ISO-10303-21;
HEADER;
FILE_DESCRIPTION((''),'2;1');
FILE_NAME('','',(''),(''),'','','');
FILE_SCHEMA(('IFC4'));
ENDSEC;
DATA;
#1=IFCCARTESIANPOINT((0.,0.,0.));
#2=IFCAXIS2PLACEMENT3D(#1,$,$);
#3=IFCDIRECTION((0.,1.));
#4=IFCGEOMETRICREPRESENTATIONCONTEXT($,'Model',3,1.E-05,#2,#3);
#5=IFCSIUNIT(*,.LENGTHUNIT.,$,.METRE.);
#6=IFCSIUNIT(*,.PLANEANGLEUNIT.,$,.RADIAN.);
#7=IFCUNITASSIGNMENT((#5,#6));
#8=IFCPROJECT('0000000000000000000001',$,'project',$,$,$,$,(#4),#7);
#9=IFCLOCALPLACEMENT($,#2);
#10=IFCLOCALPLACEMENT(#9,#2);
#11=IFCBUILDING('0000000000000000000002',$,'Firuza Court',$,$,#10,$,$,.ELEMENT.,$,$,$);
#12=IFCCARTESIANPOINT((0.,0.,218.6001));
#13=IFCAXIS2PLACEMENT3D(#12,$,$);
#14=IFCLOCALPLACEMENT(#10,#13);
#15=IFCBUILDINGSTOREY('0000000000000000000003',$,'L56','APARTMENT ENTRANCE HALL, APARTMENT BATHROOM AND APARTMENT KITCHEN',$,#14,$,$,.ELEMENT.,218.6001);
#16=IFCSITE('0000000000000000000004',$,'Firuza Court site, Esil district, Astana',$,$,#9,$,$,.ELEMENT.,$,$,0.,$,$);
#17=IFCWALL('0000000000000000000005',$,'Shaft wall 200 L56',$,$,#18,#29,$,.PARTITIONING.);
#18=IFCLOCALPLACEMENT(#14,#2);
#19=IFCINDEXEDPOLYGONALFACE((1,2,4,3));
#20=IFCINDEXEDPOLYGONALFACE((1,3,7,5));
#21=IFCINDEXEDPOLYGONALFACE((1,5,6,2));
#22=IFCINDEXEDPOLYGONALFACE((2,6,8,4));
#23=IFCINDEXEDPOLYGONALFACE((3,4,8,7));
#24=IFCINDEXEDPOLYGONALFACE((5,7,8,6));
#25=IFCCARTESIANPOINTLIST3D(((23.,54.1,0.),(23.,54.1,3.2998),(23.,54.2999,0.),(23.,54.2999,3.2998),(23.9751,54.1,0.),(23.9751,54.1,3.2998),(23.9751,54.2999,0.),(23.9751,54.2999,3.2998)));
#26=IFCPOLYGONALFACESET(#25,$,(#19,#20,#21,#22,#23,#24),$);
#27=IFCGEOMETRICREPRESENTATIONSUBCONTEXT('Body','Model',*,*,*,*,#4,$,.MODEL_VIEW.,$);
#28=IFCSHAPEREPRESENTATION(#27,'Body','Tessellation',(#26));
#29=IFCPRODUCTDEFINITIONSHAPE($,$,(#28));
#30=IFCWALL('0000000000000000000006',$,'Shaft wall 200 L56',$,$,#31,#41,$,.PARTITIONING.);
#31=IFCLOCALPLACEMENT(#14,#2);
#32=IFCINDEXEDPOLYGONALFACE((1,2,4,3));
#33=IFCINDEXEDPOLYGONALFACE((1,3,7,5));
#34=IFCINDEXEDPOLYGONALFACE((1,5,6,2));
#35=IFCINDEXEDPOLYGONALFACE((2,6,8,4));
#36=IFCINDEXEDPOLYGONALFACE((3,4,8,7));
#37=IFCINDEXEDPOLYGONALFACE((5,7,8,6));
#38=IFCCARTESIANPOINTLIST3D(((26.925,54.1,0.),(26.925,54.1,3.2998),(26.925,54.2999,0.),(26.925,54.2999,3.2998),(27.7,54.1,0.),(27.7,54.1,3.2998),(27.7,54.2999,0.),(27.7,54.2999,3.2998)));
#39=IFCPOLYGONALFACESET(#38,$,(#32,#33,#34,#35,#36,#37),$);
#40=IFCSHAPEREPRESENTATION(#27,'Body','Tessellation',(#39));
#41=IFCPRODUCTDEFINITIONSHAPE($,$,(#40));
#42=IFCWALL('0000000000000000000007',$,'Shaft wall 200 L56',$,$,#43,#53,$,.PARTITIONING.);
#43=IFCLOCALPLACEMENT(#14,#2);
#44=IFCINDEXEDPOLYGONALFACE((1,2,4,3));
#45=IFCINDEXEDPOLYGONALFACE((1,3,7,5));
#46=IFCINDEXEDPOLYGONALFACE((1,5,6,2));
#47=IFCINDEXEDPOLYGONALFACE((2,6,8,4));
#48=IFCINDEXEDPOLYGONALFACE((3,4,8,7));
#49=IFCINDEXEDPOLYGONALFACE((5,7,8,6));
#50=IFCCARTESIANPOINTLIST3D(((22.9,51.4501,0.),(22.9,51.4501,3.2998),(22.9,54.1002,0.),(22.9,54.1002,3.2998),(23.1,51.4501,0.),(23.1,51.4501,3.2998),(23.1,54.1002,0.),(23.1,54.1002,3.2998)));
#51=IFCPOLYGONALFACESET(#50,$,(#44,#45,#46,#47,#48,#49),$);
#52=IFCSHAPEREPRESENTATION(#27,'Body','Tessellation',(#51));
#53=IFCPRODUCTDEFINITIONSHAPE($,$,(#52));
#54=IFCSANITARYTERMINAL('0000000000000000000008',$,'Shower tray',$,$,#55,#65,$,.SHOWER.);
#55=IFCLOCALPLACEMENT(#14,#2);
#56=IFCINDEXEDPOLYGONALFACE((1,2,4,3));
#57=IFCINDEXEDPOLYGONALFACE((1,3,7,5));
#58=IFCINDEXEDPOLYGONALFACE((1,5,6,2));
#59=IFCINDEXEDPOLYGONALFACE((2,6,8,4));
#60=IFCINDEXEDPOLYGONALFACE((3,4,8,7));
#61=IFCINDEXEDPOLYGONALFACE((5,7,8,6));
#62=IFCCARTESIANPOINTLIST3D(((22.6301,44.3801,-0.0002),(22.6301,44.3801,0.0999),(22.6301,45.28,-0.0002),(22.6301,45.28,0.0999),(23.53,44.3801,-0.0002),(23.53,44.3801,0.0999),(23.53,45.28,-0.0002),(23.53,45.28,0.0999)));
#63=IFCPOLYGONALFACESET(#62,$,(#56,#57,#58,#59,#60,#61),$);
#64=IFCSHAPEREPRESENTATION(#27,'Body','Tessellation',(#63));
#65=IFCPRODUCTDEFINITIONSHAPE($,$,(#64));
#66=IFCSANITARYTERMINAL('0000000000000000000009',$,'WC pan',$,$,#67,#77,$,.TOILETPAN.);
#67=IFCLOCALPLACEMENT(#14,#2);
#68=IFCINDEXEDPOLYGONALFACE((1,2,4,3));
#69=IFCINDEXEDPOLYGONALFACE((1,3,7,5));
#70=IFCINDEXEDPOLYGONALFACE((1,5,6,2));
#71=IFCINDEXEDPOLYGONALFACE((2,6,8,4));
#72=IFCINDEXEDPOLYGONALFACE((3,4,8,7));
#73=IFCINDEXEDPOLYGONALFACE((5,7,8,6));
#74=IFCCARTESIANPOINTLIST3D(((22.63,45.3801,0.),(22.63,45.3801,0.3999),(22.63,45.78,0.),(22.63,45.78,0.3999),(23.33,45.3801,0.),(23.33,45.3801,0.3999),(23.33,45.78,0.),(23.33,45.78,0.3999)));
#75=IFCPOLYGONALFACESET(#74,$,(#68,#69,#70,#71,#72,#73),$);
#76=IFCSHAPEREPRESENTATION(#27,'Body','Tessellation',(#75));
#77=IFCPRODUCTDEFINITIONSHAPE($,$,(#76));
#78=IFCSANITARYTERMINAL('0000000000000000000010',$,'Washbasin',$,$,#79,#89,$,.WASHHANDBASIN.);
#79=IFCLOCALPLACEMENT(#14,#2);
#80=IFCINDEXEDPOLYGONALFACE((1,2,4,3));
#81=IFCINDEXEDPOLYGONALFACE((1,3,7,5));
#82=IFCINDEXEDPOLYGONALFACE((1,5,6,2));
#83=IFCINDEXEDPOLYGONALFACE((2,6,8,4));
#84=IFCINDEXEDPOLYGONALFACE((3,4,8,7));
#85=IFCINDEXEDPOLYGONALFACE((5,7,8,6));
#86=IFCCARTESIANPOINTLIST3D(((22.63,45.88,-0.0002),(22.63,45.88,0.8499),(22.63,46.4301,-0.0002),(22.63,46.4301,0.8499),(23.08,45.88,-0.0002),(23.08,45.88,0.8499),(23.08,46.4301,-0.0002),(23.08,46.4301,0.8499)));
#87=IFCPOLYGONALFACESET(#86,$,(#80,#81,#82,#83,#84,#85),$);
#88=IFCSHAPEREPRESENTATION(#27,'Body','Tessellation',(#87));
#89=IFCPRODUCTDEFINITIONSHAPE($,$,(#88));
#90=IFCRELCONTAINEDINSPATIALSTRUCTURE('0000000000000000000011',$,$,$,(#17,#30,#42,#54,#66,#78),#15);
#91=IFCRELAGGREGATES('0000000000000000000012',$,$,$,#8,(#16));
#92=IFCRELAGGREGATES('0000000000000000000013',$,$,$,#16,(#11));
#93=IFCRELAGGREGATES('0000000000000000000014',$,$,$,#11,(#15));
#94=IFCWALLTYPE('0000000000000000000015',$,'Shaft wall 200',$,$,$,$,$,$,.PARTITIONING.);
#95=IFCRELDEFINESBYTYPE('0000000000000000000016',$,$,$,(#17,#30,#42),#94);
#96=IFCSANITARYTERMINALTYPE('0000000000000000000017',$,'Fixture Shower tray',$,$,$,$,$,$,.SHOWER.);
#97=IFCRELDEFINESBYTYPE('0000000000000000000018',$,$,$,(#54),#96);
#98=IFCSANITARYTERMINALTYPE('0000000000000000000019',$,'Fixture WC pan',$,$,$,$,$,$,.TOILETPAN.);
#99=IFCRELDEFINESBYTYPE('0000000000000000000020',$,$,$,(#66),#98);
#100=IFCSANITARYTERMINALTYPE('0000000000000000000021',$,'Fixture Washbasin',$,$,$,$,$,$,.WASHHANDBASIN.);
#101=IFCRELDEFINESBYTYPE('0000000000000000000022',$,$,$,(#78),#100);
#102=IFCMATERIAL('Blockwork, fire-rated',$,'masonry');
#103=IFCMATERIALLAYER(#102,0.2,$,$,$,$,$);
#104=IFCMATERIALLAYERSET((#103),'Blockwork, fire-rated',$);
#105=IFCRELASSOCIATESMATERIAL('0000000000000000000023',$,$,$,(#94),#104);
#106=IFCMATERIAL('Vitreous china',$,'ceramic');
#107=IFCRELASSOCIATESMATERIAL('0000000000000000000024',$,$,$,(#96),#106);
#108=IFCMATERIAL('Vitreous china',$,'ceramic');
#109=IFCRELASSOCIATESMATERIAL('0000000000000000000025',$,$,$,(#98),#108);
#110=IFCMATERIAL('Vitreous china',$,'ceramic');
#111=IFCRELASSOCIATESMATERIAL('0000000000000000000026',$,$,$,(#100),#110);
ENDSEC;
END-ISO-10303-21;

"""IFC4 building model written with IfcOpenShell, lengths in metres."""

from ifc_helpers import new_model, si_unit, direction, frame, frame_2d, origin, origin_2d, place, context, subcontext, project, spatial, rectangle, extrude, material, layer, layer_set, type_object, element, save


model = new_model("IFC4")

# Units and contexts
model_context = context("Model", 3, precision=1e-05, world=origin(), true_north=direction((0.0, 1.0)))
body_context = subcontext(model_context, "Body", "Model", "MODEL_VIEW")
ifc_project = project(units=[si_unit("LENGTHUNIT", "METRE"), si_unit("PLANEANGLEUNIT", "RADIAN")], contexts=[model_context])

# Site, building, storey
site_placement = place(None, origin())
site = spatial("IfcSite", under=ifc_project, at=site_placement, Name="Firuza Court site, Esil district, Astana", CompositionType="ELEMENT", RefElevation=0.0)
building_placement = place(site_placement, origin())
building = spatial("IfcBuilding", under=site, at=building_placement, Name="Firuza Court", CompositionType="ELEMENT")
storey_placement = place(building_placement, frame((0.0, 0.0, 218.6001)))
storey = spatial("IfcBuildingStorey", under=building, at=storey_placement, Name="L56", Description="APARTMENT ENTRANCE HALL, APARTMENT BATHROOM AND APARTMENT KITCHEN", CompositionType="ELEMENT", Elevation=218.6001)

# Shared definitions
ifc_material_1 = material(Name="Blockwork, fire-rated", Category="masonry")

# Shared definitions
ifc_layer_1 = layer(ifc_material_1, 0.2)
ifc_layer_set_1 = layer_set([ifc_layer_1], Name="Blockwork, fire-rated")
wall_type_1 = type_object("IfcWallType", Name="Shaft wall 200", PredefinedType="PARTITIONING", material=ifc_layer_set_1)

# Walls
wall_1_placement = place(storey_placement, frame((23.0, 54.2, 0.0), z_axis=(0.0, 0.0, 1.0), x_axis=(1.0, 0.0, 0.0)))
element("IfcWall", 1, at=wall_1_placement, inside=storey, type_object=wall_type_1, Name="Shaft wall 200 L56", PredefinedType="PARTITIONING", context=body_context, shape_type="SweptSolid", body=[
    extrude(rectangle(XDim=0.9751, YDim=0.2, at=frame_2d((0.4875, 0.0))), origin(), (0.0, 0.0, 1.0), 3.2998),
])
wall_2_placement = place(storey_placement, frame((26.925, 54.2, 0.0), z_axis=(0.0, 0.0, 1.0), x_axis=(1.0, 0.0, 0.0)))
element("IfcWall", 2, at=wall_2_placement, inside=storey, type_object=wall_type_1, Name="Shaft wall 200 L56", PredefinedType="PARTITIONING", context=body_context, shape_type="SweptSolid", body=[
    extrude(rectangle(XDim=0.7749, YDim=0.2, at=frame_2d((0.3875, 0.0))), origin(), (0.0, 0.0, 1.0), 3.2998),
])
wall_3_placement = place(storey_placement, frame((23.0, 51.45, 0.0), z_axis=(0.0, 0.0, 1.0), x_axis=(0.0, 1.0, 0.0)))
element("IfcWall", 3, at=wall_3_placement, inside=storey, type_object=wall_type_1, Name="Shaft wall 200 L56", PredefinedType="PARTITIONING", context=body_context, shape_type="SweptSolid", body=[
    extrude(rectangle(XDim=2.6501, YDim=0.2, at=frame_2d((1.3252, 0.0))), origin(), (0.0, 0.0, 1.0), 3.2998),
])

# Sanitary terminals
ifc_material_2 = material(Name="Vitreous china", Category="ceramic")
sanitary_terminal_type_1 = type_object("IfcSanitaryTerminalType", Name="Fixture Shower tray", PredefinedType="SHOWER", material=ifc_material_2)
sanitary_terminal_1_placement = place(storey_placement, frame((23.0801, 44.8301, -0.0002), z_axis=(0.0, 0.0, 1.0), x_axis=(1.0, 0.0, 0.0)))
element("IfcSanitaryTerminal", 4, at=sanitary_terminal_1_placement, inside=storey, type_object=sanitary_terminal_type_1, Name="Shower tray", PredefinedType="SHOWER", context=body_context, shape_type="SweptSolid", body=[
    extrude(rectangle(XDim=0.8999, YDim=0.8999, at=origin_2d()), origin(), (0.0, 0.0, 1.0), 0.1001),
])
ifc_material_3 = material(Name="Vitreous china", Category="ceramic")
sanitary_terminal_type_2 = type_object("IfcSanitaryTerminalType", Name="Fixture WC pan", PredefinedType="TOILETPAN", material=ifc_material_3)
sanitary_terminal_2_placement = place(storey_placement, frame((22.98, 45.5801, 0.0), z_axis=(0.0, 0.0, 1.0), x_axis=(1.0, 0.0, 0.0)))
element("IfcSanitaryTerminal", 5, at=sanitary_terminal_2_placement, inside=storey, type_object=sanitary_terminal_type_2, Name="WC pan", PredefinedType="TOILETPAN", context=body_context, shape_type="SweptSolid", body=[
    extrude(rectangle(XDim=0.7, YDim=0.3999, at=origin_2d()), origin(), (0.0, 0.0, 1.0), 0.3999),
])
ifc_material_4 = material(Name="Vitreous china", Category="ceramic")
sanitary_terminal_type_3 = type_object("IfcSanitaryTerminalType", Name="Fixture Washbasin", PredefinedType="WASHHANDBASIN", material=ifc_material_4)
sanitary_terminal_3_placement = place(storey_placement, frame((22.855, 46.155, -0.0002), z_axis=(0.0, 0.0, 1.0), x_axis=(1.0, 0.0, 0.0)))
element("IfcSanitaryTerminal", 6, at=sanitary_terminal_3_placement, inside=storey, type_object=sanitary_terminal_type_3, Name="Washbasin", PredefinedType="WASHHANDBASIN", context=body_context, shape_type="SweptSolid", body=[
    extrude(rectangle(XDim=0.45, YDim=0.55, at=origin_2d()), origin(), (0.0, 0.0, 1.0), 0.8501),
])

save(model, "model.ifc")
